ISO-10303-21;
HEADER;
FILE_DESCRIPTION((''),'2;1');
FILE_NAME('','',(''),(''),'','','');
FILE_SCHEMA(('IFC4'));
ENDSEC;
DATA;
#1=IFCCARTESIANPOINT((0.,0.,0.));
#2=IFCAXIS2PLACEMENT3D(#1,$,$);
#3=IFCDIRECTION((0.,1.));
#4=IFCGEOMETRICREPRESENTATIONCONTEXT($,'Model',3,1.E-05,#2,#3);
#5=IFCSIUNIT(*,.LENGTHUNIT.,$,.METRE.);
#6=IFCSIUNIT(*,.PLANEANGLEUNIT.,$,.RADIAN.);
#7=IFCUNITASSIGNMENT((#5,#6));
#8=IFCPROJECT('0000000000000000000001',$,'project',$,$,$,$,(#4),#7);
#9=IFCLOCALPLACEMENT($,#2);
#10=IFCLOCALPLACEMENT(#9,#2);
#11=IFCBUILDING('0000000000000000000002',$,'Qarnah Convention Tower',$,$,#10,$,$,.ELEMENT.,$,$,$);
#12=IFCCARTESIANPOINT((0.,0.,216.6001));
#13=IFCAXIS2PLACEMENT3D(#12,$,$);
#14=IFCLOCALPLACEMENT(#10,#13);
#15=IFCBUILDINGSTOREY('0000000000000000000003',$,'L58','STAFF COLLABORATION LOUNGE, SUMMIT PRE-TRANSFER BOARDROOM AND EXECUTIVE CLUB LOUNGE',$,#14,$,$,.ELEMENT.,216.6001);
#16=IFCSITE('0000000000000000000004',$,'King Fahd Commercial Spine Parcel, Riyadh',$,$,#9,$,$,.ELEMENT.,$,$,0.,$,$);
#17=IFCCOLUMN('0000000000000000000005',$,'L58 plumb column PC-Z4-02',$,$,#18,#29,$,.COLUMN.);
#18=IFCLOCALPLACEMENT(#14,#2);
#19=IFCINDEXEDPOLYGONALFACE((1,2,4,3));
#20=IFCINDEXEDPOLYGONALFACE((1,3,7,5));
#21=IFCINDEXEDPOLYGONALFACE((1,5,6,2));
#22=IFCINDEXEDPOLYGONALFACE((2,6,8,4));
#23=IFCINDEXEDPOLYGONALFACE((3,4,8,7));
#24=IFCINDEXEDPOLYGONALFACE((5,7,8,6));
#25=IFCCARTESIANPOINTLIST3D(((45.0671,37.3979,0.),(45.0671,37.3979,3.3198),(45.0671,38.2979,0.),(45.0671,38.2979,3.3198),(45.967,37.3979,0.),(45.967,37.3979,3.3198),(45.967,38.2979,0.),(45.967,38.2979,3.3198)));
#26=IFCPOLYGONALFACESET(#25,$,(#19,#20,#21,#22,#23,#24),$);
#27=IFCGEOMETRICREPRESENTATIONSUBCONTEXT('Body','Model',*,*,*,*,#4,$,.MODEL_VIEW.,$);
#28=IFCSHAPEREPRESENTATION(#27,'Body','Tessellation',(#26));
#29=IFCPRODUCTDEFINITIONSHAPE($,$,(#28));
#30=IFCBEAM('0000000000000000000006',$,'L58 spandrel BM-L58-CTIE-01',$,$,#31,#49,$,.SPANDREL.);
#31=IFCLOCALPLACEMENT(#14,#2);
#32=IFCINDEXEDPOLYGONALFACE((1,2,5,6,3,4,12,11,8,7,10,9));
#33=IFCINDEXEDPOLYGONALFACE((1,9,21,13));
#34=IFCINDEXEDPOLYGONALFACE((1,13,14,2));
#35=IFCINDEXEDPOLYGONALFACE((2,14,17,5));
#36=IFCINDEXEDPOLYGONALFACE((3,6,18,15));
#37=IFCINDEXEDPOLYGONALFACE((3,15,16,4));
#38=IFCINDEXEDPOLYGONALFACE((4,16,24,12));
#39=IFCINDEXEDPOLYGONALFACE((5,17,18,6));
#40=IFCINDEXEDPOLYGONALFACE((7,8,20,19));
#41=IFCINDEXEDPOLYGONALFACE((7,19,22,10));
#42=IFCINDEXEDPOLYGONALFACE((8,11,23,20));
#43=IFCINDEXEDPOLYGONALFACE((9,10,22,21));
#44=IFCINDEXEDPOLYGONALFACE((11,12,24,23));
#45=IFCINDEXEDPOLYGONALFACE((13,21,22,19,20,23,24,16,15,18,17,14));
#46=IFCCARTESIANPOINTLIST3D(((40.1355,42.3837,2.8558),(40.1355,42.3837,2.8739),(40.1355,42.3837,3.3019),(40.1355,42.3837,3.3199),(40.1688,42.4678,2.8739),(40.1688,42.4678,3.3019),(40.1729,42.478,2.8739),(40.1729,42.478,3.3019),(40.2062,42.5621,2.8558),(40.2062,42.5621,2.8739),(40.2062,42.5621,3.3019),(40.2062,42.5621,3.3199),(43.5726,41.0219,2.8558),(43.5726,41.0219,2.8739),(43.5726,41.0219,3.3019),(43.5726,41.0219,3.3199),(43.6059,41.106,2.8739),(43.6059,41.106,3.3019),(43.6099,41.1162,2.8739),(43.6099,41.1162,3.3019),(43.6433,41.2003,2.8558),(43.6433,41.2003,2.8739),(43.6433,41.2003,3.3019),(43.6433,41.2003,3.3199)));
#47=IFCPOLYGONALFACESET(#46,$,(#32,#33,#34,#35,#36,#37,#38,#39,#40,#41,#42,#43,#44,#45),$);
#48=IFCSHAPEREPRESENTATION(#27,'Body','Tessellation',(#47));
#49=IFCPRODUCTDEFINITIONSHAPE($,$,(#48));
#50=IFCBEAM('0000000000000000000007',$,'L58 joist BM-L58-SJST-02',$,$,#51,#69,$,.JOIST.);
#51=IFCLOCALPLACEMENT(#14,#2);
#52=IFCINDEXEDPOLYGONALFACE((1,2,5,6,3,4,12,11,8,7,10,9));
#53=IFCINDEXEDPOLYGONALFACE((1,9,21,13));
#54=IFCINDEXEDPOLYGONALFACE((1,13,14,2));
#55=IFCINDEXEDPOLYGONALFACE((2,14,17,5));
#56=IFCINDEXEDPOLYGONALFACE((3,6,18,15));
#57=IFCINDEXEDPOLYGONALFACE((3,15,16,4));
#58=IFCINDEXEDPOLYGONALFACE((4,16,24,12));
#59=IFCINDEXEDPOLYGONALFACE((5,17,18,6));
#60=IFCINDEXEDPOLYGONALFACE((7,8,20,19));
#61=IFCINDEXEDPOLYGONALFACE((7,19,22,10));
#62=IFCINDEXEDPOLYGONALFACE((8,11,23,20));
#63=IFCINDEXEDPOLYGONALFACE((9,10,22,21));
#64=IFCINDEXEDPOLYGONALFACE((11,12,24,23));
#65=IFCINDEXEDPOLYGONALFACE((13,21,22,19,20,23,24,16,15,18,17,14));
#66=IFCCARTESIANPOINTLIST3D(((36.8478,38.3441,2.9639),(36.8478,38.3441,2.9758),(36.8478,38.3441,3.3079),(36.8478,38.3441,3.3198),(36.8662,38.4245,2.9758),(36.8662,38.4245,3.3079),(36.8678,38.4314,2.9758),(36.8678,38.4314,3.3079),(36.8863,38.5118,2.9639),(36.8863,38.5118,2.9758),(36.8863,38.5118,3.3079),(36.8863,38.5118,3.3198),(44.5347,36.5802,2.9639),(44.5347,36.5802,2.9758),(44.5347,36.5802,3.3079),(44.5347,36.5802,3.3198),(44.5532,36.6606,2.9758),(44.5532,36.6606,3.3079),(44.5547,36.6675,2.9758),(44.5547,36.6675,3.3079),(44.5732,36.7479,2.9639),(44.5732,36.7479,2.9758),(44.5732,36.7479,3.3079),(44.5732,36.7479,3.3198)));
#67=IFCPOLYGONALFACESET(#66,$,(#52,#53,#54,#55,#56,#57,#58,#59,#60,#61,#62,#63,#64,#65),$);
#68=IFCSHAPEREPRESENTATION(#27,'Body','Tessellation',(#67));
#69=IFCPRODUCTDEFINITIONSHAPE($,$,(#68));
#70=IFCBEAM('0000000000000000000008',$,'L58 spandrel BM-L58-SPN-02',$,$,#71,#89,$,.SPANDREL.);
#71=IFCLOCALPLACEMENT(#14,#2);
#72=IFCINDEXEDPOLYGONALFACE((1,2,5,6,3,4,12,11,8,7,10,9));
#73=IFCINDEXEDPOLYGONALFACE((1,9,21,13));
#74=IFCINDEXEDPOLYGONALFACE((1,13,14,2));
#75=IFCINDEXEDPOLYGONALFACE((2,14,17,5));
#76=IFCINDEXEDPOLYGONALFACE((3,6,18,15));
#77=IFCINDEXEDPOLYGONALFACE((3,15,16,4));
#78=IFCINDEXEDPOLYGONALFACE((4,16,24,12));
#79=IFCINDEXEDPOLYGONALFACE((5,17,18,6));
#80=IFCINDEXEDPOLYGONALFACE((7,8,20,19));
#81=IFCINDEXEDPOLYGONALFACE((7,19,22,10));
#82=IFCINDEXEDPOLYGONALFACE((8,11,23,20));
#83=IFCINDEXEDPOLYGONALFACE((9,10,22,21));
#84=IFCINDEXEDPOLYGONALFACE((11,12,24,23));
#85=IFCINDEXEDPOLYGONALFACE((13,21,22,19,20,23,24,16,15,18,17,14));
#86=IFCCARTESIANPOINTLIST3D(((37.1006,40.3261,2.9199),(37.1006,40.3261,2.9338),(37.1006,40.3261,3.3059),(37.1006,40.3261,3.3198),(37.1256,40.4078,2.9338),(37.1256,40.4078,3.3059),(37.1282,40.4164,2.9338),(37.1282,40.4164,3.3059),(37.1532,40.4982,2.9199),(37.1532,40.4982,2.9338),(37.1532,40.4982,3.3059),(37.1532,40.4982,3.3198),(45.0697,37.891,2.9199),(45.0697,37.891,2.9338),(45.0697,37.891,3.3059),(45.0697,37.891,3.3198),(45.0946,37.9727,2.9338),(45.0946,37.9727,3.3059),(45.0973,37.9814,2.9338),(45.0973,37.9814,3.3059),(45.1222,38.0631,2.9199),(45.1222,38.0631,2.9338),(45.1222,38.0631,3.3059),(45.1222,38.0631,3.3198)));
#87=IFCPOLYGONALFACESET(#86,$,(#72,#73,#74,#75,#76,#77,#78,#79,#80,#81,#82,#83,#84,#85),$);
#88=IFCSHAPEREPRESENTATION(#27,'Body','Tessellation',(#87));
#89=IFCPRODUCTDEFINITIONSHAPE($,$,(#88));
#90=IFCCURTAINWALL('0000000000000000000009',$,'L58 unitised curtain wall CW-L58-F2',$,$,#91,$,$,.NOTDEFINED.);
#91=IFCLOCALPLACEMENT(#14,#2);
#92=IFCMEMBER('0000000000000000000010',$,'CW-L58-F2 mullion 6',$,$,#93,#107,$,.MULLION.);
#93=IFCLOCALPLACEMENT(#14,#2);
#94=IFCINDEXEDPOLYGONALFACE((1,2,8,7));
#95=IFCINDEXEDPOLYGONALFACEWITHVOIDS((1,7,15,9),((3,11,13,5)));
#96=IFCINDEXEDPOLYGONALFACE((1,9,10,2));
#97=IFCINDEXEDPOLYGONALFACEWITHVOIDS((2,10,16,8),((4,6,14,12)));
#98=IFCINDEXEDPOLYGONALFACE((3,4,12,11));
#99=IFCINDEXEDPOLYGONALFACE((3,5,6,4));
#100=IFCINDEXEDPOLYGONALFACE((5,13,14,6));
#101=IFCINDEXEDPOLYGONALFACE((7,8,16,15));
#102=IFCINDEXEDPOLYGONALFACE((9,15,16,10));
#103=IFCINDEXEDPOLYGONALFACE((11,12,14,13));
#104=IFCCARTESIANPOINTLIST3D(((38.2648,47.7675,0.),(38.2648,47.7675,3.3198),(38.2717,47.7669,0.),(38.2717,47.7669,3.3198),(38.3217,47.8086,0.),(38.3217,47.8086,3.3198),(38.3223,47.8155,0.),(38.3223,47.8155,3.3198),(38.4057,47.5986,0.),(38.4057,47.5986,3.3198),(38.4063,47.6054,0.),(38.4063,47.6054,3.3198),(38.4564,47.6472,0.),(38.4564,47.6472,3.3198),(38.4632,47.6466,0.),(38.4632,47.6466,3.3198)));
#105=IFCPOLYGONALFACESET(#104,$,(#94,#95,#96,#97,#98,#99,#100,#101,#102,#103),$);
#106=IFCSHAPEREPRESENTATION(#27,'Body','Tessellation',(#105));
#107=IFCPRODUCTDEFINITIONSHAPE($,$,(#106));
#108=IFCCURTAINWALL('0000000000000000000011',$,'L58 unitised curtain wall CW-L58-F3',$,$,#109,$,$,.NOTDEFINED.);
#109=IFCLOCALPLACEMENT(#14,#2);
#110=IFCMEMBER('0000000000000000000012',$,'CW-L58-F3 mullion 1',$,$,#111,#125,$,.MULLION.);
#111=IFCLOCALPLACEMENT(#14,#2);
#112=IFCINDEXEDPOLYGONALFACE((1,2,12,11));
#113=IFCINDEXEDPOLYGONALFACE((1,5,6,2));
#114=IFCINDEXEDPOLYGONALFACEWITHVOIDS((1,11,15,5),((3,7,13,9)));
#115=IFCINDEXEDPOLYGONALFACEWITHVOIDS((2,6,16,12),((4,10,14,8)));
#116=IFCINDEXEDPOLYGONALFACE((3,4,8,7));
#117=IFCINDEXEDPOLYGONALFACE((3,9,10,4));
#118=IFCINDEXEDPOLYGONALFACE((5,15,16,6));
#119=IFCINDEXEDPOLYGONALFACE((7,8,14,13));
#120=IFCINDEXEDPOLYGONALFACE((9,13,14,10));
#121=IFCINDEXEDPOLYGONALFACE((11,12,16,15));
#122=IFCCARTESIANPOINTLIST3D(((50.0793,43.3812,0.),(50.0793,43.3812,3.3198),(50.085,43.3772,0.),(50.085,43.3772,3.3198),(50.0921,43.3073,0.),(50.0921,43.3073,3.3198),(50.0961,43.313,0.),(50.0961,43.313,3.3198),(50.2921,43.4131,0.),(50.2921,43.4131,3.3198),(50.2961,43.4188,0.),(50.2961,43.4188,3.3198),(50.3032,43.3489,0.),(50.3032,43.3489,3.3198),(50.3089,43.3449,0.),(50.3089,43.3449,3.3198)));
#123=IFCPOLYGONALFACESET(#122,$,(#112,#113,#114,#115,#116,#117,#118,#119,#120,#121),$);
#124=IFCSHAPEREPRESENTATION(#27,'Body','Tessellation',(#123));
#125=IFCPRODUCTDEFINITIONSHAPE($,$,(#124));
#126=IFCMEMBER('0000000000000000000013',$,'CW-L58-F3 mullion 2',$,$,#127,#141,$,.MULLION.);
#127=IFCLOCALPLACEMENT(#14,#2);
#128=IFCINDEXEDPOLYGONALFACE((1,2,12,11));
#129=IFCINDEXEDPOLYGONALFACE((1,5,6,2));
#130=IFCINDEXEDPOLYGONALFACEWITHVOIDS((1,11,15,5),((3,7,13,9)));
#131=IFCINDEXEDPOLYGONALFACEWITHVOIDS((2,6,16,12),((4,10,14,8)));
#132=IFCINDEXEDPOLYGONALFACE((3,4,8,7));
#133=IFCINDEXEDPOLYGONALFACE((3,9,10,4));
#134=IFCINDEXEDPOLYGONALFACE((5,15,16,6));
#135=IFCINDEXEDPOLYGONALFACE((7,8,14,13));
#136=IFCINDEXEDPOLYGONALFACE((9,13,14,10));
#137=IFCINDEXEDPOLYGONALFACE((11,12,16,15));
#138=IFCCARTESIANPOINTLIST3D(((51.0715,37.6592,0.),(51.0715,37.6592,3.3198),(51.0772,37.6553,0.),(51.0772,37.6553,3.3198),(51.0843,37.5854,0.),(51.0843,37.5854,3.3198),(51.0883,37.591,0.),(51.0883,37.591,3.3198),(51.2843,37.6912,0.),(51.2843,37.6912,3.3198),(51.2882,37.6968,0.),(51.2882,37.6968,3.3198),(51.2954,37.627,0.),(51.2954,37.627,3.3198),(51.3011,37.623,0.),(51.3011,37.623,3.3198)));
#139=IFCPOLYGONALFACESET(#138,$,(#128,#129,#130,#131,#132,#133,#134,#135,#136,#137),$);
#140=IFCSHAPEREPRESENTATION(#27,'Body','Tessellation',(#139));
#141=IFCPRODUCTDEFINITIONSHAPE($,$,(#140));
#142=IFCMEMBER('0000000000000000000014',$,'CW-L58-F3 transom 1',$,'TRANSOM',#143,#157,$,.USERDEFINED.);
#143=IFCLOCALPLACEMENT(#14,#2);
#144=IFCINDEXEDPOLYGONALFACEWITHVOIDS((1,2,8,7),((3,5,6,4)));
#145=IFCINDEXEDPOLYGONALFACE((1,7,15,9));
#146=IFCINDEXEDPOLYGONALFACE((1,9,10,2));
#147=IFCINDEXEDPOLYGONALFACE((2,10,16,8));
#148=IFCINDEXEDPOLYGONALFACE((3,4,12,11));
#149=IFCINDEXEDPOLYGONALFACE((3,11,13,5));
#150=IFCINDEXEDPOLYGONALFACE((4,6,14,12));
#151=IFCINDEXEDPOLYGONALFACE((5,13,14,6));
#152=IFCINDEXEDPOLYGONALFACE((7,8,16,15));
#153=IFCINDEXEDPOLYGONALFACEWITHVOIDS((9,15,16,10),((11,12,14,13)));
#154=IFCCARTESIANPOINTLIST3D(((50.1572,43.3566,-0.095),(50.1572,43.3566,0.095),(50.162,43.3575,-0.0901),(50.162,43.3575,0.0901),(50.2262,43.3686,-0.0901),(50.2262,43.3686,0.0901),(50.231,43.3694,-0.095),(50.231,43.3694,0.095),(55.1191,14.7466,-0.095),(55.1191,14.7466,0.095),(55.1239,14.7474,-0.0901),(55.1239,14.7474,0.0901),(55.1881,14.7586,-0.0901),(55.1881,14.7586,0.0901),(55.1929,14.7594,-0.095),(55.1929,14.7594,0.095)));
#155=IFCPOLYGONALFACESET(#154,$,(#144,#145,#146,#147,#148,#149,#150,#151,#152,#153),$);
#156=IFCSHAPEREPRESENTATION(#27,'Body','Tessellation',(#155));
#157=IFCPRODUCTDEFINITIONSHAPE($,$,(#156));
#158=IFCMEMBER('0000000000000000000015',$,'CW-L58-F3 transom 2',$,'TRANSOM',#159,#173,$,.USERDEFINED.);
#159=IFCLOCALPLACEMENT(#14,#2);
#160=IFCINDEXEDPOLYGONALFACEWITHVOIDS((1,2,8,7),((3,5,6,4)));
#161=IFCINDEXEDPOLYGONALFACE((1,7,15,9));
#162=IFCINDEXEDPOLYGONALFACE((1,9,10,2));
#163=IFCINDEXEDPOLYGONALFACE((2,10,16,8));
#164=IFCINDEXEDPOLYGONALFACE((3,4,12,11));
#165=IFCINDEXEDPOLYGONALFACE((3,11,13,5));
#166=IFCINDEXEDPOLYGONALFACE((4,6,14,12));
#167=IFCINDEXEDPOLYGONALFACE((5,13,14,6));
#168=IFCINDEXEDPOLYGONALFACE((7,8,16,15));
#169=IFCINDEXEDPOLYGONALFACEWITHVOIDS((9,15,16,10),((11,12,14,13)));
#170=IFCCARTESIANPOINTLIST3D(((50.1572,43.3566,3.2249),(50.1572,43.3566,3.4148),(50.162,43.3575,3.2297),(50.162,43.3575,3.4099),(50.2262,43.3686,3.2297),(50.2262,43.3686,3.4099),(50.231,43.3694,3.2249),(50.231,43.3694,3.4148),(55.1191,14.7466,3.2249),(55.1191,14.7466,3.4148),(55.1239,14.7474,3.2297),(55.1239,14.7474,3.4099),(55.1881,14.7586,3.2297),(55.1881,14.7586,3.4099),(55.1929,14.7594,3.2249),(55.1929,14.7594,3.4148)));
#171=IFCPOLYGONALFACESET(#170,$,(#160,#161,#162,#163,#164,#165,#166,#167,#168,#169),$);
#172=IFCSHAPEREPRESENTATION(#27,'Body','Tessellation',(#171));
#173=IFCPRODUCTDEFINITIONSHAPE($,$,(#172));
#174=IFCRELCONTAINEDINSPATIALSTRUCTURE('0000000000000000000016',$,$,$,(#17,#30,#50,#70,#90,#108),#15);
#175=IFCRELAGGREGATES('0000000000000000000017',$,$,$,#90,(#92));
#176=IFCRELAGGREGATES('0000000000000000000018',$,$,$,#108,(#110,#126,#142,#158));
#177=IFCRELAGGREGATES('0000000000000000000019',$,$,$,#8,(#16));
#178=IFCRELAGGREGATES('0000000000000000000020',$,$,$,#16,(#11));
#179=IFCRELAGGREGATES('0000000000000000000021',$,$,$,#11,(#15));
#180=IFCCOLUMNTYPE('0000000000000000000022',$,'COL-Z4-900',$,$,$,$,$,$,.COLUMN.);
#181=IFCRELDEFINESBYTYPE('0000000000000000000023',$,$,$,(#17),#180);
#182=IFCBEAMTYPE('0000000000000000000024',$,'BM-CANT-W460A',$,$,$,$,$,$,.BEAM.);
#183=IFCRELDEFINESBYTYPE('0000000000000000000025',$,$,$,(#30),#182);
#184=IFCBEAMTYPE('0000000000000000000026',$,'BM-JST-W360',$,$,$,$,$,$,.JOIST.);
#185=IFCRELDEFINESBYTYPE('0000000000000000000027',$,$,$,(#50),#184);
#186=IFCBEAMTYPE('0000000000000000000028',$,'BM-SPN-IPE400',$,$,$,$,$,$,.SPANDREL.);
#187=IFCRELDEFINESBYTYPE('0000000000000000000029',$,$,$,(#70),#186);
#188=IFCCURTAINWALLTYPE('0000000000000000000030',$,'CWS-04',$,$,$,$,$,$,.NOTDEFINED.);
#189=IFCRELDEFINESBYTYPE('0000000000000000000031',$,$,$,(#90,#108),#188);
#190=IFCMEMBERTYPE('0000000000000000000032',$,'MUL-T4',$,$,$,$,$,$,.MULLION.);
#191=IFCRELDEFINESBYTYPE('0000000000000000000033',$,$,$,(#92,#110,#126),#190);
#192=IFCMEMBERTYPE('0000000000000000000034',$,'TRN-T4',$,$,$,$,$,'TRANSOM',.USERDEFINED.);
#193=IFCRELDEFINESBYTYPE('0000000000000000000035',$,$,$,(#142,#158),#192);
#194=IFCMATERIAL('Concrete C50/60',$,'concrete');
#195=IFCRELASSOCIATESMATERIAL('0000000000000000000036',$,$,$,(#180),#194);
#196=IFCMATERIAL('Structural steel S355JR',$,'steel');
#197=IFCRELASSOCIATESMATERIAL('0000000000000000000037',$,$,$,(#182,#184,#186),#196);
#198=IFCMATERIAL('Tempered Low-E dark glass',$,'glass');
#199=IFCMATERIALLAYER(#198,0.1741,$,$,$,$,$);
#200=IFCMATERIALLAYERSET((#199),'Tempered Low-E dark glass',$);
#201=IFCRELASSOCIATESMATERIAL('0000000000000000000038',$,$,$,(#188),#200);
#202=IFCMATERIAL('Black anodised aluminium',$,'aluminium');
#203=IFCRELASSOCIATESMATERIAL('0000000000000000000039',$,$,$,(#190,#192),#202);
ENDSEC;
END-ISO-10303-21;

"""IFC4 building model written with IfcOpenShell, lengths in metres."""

from ifc_helpers import new_model, si_unit, direction, frame, origin, origin_2d, place, context, subcontext, project, spatial, rectangle, hollow_rectangle, i_section, extrude, material, layer, layer_set, material_profile, profile_set, type_object, element, aggregate, save


model = new_model("IFC4")

# Units and contexts
model_context = context("Model", 3, precision=1e-05, world=origin(), true_north=direction((0.0, 1.0)))
body_context = subcontext(model_context, "Body", "Model", "MODEL_VIEW")
ifc_project = project(units=[si_unit("LENGTHUNIT", "METRE"), si_unit("PLANEANGLEUNIT", "RADIAN")], contexts=[model_context])

# Site, building, storey
site_placement = place(None, origin())
site = spatial("IfcSite", under=ifc_project, at=site_placement, Name="King Fahd Commercial Spine Parcel, Riyadh", CompositionType="ELEMENT", RefElevation=0.0)
building_placement = place(site_placement, origin())
building = spatial("IfcBuilding", under=site, at=building_placement, Name="Qarnah Convention Tower", CompositionType="ELEMENT")
storey_placement = place(building_placement, frame((0.0, 0.0, 216.6001)))
storey = spatial("IfcBuildingStorey", under=building, at=storey_placement, Name="L58", Description="STAFF COLLABORATION LOUNGE, SUMMIT PRE-TRANSFER BOARDROOM AND EXECUTIVE CLUB LOUNGE", CompositionType="ELEMENT", Elevation=216.6001)

# Column
ifc_material_1 = material(Name="Concrete C50/60", Category="concrete")
ifc_material_profile_1 = material_profile(ifc_material_1, rectangle(XDim=0.8999, YDim=0.8999, at=origin_2d()), Name="RC-COL-900X900")
ifc_profile_set_1 = profile_set([ifc_material_profile_1], Name="Concrete C50/60")
column_type = type_object("IfcColumnType", Name="COL-Z4-900", PredefinedType="COLUMN", material=ifc_profile_set_1)
column_placement = place(storey_placement, frame((45.5171, 37.8479, 0.0), z_axis=(0.0, 0.0, 1.0), x_axis=(1.0, 0.0, 0.0)))
element("IfcColumn", 1, at=column_placement, inside=storey, type_object=column_type, Name="L58 plumb column PC-Z4-02", PredefinedType="COLUMN", context=body_context, shape_type="SweptSolid", body=[
    extrude(rectangle(XDim=0.8999, YDim=0.8999, at=origin_2d()), origin(), (0.0, 0.0, 1.0), 3.3198),
])

# Beams
ifc_material_2 = material(Name="Structural steel S355JR", Category="steel")
ifc_material_profile_2 = material_profile(ifc_material_2, i_section(OverallWidth=0.1919, OverallDepth=0.4641, WebThickness=0.011, FlangeThickness=0.0181, at=origin_2d()), Name="W460X89")
ifc_profile_set_2 = profile_set([ifc_material_profile_2], Name="Structural steel S355JR")
beam_type_1 = type_object("IfcBeamType", Name="BM-CANT-W460A", PredefinedType="BEAM", material=ifc_profile_set_2)
beam_1_placement = place(storey_placement, frame((43.6079, 41.1111, 3.0879), z_axis=(-0.929683, 0.36836, 0.0), x_axis=(-0.36836, -0.929683, 0.0)))
element("IfcBeam", 2, at=beam_1_placement, inside=storey, type_object=beam_type_1, Name="L58 spandrel BM-L58-CTIE-01", PredefinedType="SPANDREL", context=body_context, shape_type="SweptSolid", body=[
    extrude(i_section(OverallWidth=0.1919, OverallDepth=0.4641, WebThickness=0.011, FlangeThickness=0.0181, at=origin_2d()), origin(), (0.0, 0.0, 1.0), 3.697),
])
ifc_material_profile_3 = material_profile(ifc_material_2, i_section(OverallWidth=0.1721, OverallDepth=0.356, WebThickness=0.0071, FlangeThickness=0.012, at=origin_2d()), Name="W360X51")
ifc_profile_set_3 = profile_set([ifc_material_profile_3], Name="Structural steel S355JR")
beam_type_2 = type_object("IfcBeamType", Name="BM-JST-W360", PredefinedType="JOIST", material=ifc_profile_set_3)
beam_2_placement = place(storey_placement, frame((44.554, 36.6641, 3.1418), z_axis=(-0.974669, 0.223654, 0.0), x_axis=(-0.223654, -0.974669, 0.0)))
element("IfcBeam", 3, at=beam_2_placement, inside=storey, type_object=beam_type_2, Name="L58 joist BM-L58-SJST-02", PredefinedType="JOIST", context=body_context, shape_type="SweptSolid", body=[
    extrude(i_section(OverallWidth=0.1721, OverallDepth=0.356, WebThickness=0.0071, FlangeThickness=0.012, at=origin_2d()), origin(), (0.0, 0.0, 1.0), 7.8867),
])
ifc_material_profile_4 = material_profile(ifc_material_2, i_section(OverallWidth=0.1799, OverallDepth=0.3999, WebThickness=0.009, FlangeThickness=0.0139, at=origin_2d()), Name="IPE400")
ifc_profile_set_4 = profile_set([ifc_material_profile_4], Name="Structural steel S355JR")
beam_type_3 = type_object("IfcBeamType", Name="BM-SPN-IPE400", PredefinedType="SPANDREL", material=ifc_profile_set_4)
beam_3_placement = place(storey_placement, frame((45.0959, 37.9771, 3.1199), z_axis=(-0.956349, 0.292228, 0.0), x_axis=(-0.292228, -0.956349, 0.0)))
element("IfcBeam", 4, at=beam_3_placement, inside=storey, type_object=beam_type_3, Name="L58 spandrel BM-L58-SPN-02", PredefinedType="SPANDREL", context=body_context, shape_type="SweptSolid", body=[
    extrude(i_section(OverallWidth=0.1799, OverallDepth=0.3999, WebThickness=0.009, FlangeThickness=0.0139, at=origin_2d()), origin(), (0.0, 0.0, 1.0), 8.3328),
])

# Curtain wall, member
ifc_material_3 = material(Name="Tempered Low-E dark glass", Category="glass")
ifc_layer_1 = layer(ifc_material_3, 0.1741)
ifc_layer_set_1 = layer_set([ifc_layer_1], Name="Tempered Low-E dark glass")
curtain_wall_type = type_object("IfcCurtainWallType", Name="CWS-04", PredefinedType="NOTDEFINED", material=ifc_layer_set_1)
curtain_wall_1_placement = place(storey_placement, origin())
curtain_wall_1 = element("IfcCurtainWall", 5, at=curtain_wall_1_placement, inside=storey, type_object=curtain_wall_type, Name="L58 unitised curtain wall CW-L58-F2", PredefinedType="NOTDEFINED")
ifc_material_4 = material(Name="Black anodised aluminium", Category="aluminium")
ifc_material_profile_5 = material_profile(ifc_material_4, hollow_rectangle(XDim=0.075, YDim=0.22, WallThickness=0.0049, at=origin_2d()), Name="MUL-75X220")
ifc_profile_set_5 = profile_set([ifc_material_profile_5], Name="Black anodised aluminium")
member_type_1 = type_object("IfcMemberType", Name="MUL-T4", PredefinedType="MULLION", material=ifc_profile_set_5)
member_1_placement = place(storey_placement, frame((38.364, 47.707, 0.0), z_axis=(0.0, 0.0, 1.0), x_axis=(0.767846, 0.640635, 0.0)))
member_1 = element("IfcMember", 6, at=member_1_placement, type_object=member_type_1, Name="CW-L58-F2 mullion 6", PredefinedType="MULLION", context=body_context, shape_type="SweptSolid", body=[
    extrude(hollow_rectangle(XDim=0.075, YDim=0.22, WallThickness=0.0049, at=origin_2d()), origin(), (0.0, 0.0, 1.0), 3.3198),
])
aggregate(curtain_wall_1, [member_1])

# Curtain wall, members
curtain_wall_2_placement = place(storey_placement, origin())
curtain_wall_2 = element("IfcCurtainWall", 7, at=curtain_wall_2_placement, inside=storey, type_object=curtain_wall_type, Name="L58 unitised curtain wall CW-L58-F3", PredefinedType="NOTDEFINED")
member_2_placement = place(storey_placement, frame((50.1941, 43.363, 0.0), z_axis=(0.0, 0.0, 1.0), x_axis=(0.170885, -0.985291, 0.0)))
member_2 = element("IfcMember", 8, at=member_2_placement, type_object=member_type_1, Name="CW-L58-F3 mullion 1", PredefinedType="MULLION", context=body_context, shape_type="SweptSolid", body=[
    extrude(hollow_rectangle(XDim=0.075, YDim=0.22, WallThickness=0.0049, at=origin_2d()), origin(), (0.0, 0.0, 1.0), 3.3198),
])
member_3_placement = place(storey_placement, frame((51.1863, 37.6411, 0.0), z_axis=(0.0, 0.0, 1.0), x_axis=(0.170885, -0.985291, 0.0)))
member_3 = element("IfcMember", 9, at=member_3_placement, type_object=member_type_1, Name="CW-L58-F3 mullion 2", PredefinedType="MULLION", context=body_context, shape_type="SweptSolid", body=[
    extrude(hollow_rectangle(XDim=0.075, YDim=0.22, WallThickness=0.0049, at=origin_2d()), origin(), (0.0, 0.0, 1.0), 3.3198),
])
ifc_material_profile_6 = material_profile(ifc_material_4, hollow_rectangle(XDim=0.075, YDim=0.1899, WallThickness=0.0049, at=origin_2d()), Name="TRN-75X190")
ifc_profile_set_6 = profile_set([ifc_material_profile_6], Name="Black anodised aluminium")
member_type_2 = type_object("IfcMemberType", Name="TRN-T4", ElementType="TRANSOM", PredefinedType="USERDEFINED", material=ifc_profile_set_6)
member_4_placement = place(storey_placement, frame((50.1941, 43.363, 0.0), z_axis=(0.170881, -0.985292, 0.0), x_axis=(0.985292, 0.170881, 0.0)))
member_4 = element("IfcMember", 10, at=member_4_placement, type_object=member_type_2, Name="CW-L58-F3 transom 1", ObjectType="TRANSOM", PredefinedType="USERDEFINED", context=body_context, shape_type="SweptSolid", body=[
    extrude(hollow_rectangle(XDim=0.075, YDim=0.1899, WallThickness=0.0049, at=origin_2d()), origin(), (0.0, 0.0, 1.0), 29.0371),
])
member_5_placement = place(storey_placement, frame((50.1941, 43.363, 3.3198), z_axis=(0.170881, -0.985292, 0.0), x_axis=(0.985292, 0.170881, 0.0)))
member_5 = element("IfcMember", 11, at=member_5_placement, type_object=member_type_2, Name="CW-L58-F3 transom 2", ObjectType="TRANSOM", PredefinedType="USERDEFINED", context=body_context, shape_type="SweptSolid", body=[
    extrude(hollow_rectangle(XDim=0.075, YDim=0.1899, WallThickness=0.0049, at=origin_2d()), origin(), (0.0, 0.0, 1.0), 29.0371),
])
aggregate(curtain_wall_2, [member_2, member_3, member_4, member_5])

save(model, "model.ifc")
